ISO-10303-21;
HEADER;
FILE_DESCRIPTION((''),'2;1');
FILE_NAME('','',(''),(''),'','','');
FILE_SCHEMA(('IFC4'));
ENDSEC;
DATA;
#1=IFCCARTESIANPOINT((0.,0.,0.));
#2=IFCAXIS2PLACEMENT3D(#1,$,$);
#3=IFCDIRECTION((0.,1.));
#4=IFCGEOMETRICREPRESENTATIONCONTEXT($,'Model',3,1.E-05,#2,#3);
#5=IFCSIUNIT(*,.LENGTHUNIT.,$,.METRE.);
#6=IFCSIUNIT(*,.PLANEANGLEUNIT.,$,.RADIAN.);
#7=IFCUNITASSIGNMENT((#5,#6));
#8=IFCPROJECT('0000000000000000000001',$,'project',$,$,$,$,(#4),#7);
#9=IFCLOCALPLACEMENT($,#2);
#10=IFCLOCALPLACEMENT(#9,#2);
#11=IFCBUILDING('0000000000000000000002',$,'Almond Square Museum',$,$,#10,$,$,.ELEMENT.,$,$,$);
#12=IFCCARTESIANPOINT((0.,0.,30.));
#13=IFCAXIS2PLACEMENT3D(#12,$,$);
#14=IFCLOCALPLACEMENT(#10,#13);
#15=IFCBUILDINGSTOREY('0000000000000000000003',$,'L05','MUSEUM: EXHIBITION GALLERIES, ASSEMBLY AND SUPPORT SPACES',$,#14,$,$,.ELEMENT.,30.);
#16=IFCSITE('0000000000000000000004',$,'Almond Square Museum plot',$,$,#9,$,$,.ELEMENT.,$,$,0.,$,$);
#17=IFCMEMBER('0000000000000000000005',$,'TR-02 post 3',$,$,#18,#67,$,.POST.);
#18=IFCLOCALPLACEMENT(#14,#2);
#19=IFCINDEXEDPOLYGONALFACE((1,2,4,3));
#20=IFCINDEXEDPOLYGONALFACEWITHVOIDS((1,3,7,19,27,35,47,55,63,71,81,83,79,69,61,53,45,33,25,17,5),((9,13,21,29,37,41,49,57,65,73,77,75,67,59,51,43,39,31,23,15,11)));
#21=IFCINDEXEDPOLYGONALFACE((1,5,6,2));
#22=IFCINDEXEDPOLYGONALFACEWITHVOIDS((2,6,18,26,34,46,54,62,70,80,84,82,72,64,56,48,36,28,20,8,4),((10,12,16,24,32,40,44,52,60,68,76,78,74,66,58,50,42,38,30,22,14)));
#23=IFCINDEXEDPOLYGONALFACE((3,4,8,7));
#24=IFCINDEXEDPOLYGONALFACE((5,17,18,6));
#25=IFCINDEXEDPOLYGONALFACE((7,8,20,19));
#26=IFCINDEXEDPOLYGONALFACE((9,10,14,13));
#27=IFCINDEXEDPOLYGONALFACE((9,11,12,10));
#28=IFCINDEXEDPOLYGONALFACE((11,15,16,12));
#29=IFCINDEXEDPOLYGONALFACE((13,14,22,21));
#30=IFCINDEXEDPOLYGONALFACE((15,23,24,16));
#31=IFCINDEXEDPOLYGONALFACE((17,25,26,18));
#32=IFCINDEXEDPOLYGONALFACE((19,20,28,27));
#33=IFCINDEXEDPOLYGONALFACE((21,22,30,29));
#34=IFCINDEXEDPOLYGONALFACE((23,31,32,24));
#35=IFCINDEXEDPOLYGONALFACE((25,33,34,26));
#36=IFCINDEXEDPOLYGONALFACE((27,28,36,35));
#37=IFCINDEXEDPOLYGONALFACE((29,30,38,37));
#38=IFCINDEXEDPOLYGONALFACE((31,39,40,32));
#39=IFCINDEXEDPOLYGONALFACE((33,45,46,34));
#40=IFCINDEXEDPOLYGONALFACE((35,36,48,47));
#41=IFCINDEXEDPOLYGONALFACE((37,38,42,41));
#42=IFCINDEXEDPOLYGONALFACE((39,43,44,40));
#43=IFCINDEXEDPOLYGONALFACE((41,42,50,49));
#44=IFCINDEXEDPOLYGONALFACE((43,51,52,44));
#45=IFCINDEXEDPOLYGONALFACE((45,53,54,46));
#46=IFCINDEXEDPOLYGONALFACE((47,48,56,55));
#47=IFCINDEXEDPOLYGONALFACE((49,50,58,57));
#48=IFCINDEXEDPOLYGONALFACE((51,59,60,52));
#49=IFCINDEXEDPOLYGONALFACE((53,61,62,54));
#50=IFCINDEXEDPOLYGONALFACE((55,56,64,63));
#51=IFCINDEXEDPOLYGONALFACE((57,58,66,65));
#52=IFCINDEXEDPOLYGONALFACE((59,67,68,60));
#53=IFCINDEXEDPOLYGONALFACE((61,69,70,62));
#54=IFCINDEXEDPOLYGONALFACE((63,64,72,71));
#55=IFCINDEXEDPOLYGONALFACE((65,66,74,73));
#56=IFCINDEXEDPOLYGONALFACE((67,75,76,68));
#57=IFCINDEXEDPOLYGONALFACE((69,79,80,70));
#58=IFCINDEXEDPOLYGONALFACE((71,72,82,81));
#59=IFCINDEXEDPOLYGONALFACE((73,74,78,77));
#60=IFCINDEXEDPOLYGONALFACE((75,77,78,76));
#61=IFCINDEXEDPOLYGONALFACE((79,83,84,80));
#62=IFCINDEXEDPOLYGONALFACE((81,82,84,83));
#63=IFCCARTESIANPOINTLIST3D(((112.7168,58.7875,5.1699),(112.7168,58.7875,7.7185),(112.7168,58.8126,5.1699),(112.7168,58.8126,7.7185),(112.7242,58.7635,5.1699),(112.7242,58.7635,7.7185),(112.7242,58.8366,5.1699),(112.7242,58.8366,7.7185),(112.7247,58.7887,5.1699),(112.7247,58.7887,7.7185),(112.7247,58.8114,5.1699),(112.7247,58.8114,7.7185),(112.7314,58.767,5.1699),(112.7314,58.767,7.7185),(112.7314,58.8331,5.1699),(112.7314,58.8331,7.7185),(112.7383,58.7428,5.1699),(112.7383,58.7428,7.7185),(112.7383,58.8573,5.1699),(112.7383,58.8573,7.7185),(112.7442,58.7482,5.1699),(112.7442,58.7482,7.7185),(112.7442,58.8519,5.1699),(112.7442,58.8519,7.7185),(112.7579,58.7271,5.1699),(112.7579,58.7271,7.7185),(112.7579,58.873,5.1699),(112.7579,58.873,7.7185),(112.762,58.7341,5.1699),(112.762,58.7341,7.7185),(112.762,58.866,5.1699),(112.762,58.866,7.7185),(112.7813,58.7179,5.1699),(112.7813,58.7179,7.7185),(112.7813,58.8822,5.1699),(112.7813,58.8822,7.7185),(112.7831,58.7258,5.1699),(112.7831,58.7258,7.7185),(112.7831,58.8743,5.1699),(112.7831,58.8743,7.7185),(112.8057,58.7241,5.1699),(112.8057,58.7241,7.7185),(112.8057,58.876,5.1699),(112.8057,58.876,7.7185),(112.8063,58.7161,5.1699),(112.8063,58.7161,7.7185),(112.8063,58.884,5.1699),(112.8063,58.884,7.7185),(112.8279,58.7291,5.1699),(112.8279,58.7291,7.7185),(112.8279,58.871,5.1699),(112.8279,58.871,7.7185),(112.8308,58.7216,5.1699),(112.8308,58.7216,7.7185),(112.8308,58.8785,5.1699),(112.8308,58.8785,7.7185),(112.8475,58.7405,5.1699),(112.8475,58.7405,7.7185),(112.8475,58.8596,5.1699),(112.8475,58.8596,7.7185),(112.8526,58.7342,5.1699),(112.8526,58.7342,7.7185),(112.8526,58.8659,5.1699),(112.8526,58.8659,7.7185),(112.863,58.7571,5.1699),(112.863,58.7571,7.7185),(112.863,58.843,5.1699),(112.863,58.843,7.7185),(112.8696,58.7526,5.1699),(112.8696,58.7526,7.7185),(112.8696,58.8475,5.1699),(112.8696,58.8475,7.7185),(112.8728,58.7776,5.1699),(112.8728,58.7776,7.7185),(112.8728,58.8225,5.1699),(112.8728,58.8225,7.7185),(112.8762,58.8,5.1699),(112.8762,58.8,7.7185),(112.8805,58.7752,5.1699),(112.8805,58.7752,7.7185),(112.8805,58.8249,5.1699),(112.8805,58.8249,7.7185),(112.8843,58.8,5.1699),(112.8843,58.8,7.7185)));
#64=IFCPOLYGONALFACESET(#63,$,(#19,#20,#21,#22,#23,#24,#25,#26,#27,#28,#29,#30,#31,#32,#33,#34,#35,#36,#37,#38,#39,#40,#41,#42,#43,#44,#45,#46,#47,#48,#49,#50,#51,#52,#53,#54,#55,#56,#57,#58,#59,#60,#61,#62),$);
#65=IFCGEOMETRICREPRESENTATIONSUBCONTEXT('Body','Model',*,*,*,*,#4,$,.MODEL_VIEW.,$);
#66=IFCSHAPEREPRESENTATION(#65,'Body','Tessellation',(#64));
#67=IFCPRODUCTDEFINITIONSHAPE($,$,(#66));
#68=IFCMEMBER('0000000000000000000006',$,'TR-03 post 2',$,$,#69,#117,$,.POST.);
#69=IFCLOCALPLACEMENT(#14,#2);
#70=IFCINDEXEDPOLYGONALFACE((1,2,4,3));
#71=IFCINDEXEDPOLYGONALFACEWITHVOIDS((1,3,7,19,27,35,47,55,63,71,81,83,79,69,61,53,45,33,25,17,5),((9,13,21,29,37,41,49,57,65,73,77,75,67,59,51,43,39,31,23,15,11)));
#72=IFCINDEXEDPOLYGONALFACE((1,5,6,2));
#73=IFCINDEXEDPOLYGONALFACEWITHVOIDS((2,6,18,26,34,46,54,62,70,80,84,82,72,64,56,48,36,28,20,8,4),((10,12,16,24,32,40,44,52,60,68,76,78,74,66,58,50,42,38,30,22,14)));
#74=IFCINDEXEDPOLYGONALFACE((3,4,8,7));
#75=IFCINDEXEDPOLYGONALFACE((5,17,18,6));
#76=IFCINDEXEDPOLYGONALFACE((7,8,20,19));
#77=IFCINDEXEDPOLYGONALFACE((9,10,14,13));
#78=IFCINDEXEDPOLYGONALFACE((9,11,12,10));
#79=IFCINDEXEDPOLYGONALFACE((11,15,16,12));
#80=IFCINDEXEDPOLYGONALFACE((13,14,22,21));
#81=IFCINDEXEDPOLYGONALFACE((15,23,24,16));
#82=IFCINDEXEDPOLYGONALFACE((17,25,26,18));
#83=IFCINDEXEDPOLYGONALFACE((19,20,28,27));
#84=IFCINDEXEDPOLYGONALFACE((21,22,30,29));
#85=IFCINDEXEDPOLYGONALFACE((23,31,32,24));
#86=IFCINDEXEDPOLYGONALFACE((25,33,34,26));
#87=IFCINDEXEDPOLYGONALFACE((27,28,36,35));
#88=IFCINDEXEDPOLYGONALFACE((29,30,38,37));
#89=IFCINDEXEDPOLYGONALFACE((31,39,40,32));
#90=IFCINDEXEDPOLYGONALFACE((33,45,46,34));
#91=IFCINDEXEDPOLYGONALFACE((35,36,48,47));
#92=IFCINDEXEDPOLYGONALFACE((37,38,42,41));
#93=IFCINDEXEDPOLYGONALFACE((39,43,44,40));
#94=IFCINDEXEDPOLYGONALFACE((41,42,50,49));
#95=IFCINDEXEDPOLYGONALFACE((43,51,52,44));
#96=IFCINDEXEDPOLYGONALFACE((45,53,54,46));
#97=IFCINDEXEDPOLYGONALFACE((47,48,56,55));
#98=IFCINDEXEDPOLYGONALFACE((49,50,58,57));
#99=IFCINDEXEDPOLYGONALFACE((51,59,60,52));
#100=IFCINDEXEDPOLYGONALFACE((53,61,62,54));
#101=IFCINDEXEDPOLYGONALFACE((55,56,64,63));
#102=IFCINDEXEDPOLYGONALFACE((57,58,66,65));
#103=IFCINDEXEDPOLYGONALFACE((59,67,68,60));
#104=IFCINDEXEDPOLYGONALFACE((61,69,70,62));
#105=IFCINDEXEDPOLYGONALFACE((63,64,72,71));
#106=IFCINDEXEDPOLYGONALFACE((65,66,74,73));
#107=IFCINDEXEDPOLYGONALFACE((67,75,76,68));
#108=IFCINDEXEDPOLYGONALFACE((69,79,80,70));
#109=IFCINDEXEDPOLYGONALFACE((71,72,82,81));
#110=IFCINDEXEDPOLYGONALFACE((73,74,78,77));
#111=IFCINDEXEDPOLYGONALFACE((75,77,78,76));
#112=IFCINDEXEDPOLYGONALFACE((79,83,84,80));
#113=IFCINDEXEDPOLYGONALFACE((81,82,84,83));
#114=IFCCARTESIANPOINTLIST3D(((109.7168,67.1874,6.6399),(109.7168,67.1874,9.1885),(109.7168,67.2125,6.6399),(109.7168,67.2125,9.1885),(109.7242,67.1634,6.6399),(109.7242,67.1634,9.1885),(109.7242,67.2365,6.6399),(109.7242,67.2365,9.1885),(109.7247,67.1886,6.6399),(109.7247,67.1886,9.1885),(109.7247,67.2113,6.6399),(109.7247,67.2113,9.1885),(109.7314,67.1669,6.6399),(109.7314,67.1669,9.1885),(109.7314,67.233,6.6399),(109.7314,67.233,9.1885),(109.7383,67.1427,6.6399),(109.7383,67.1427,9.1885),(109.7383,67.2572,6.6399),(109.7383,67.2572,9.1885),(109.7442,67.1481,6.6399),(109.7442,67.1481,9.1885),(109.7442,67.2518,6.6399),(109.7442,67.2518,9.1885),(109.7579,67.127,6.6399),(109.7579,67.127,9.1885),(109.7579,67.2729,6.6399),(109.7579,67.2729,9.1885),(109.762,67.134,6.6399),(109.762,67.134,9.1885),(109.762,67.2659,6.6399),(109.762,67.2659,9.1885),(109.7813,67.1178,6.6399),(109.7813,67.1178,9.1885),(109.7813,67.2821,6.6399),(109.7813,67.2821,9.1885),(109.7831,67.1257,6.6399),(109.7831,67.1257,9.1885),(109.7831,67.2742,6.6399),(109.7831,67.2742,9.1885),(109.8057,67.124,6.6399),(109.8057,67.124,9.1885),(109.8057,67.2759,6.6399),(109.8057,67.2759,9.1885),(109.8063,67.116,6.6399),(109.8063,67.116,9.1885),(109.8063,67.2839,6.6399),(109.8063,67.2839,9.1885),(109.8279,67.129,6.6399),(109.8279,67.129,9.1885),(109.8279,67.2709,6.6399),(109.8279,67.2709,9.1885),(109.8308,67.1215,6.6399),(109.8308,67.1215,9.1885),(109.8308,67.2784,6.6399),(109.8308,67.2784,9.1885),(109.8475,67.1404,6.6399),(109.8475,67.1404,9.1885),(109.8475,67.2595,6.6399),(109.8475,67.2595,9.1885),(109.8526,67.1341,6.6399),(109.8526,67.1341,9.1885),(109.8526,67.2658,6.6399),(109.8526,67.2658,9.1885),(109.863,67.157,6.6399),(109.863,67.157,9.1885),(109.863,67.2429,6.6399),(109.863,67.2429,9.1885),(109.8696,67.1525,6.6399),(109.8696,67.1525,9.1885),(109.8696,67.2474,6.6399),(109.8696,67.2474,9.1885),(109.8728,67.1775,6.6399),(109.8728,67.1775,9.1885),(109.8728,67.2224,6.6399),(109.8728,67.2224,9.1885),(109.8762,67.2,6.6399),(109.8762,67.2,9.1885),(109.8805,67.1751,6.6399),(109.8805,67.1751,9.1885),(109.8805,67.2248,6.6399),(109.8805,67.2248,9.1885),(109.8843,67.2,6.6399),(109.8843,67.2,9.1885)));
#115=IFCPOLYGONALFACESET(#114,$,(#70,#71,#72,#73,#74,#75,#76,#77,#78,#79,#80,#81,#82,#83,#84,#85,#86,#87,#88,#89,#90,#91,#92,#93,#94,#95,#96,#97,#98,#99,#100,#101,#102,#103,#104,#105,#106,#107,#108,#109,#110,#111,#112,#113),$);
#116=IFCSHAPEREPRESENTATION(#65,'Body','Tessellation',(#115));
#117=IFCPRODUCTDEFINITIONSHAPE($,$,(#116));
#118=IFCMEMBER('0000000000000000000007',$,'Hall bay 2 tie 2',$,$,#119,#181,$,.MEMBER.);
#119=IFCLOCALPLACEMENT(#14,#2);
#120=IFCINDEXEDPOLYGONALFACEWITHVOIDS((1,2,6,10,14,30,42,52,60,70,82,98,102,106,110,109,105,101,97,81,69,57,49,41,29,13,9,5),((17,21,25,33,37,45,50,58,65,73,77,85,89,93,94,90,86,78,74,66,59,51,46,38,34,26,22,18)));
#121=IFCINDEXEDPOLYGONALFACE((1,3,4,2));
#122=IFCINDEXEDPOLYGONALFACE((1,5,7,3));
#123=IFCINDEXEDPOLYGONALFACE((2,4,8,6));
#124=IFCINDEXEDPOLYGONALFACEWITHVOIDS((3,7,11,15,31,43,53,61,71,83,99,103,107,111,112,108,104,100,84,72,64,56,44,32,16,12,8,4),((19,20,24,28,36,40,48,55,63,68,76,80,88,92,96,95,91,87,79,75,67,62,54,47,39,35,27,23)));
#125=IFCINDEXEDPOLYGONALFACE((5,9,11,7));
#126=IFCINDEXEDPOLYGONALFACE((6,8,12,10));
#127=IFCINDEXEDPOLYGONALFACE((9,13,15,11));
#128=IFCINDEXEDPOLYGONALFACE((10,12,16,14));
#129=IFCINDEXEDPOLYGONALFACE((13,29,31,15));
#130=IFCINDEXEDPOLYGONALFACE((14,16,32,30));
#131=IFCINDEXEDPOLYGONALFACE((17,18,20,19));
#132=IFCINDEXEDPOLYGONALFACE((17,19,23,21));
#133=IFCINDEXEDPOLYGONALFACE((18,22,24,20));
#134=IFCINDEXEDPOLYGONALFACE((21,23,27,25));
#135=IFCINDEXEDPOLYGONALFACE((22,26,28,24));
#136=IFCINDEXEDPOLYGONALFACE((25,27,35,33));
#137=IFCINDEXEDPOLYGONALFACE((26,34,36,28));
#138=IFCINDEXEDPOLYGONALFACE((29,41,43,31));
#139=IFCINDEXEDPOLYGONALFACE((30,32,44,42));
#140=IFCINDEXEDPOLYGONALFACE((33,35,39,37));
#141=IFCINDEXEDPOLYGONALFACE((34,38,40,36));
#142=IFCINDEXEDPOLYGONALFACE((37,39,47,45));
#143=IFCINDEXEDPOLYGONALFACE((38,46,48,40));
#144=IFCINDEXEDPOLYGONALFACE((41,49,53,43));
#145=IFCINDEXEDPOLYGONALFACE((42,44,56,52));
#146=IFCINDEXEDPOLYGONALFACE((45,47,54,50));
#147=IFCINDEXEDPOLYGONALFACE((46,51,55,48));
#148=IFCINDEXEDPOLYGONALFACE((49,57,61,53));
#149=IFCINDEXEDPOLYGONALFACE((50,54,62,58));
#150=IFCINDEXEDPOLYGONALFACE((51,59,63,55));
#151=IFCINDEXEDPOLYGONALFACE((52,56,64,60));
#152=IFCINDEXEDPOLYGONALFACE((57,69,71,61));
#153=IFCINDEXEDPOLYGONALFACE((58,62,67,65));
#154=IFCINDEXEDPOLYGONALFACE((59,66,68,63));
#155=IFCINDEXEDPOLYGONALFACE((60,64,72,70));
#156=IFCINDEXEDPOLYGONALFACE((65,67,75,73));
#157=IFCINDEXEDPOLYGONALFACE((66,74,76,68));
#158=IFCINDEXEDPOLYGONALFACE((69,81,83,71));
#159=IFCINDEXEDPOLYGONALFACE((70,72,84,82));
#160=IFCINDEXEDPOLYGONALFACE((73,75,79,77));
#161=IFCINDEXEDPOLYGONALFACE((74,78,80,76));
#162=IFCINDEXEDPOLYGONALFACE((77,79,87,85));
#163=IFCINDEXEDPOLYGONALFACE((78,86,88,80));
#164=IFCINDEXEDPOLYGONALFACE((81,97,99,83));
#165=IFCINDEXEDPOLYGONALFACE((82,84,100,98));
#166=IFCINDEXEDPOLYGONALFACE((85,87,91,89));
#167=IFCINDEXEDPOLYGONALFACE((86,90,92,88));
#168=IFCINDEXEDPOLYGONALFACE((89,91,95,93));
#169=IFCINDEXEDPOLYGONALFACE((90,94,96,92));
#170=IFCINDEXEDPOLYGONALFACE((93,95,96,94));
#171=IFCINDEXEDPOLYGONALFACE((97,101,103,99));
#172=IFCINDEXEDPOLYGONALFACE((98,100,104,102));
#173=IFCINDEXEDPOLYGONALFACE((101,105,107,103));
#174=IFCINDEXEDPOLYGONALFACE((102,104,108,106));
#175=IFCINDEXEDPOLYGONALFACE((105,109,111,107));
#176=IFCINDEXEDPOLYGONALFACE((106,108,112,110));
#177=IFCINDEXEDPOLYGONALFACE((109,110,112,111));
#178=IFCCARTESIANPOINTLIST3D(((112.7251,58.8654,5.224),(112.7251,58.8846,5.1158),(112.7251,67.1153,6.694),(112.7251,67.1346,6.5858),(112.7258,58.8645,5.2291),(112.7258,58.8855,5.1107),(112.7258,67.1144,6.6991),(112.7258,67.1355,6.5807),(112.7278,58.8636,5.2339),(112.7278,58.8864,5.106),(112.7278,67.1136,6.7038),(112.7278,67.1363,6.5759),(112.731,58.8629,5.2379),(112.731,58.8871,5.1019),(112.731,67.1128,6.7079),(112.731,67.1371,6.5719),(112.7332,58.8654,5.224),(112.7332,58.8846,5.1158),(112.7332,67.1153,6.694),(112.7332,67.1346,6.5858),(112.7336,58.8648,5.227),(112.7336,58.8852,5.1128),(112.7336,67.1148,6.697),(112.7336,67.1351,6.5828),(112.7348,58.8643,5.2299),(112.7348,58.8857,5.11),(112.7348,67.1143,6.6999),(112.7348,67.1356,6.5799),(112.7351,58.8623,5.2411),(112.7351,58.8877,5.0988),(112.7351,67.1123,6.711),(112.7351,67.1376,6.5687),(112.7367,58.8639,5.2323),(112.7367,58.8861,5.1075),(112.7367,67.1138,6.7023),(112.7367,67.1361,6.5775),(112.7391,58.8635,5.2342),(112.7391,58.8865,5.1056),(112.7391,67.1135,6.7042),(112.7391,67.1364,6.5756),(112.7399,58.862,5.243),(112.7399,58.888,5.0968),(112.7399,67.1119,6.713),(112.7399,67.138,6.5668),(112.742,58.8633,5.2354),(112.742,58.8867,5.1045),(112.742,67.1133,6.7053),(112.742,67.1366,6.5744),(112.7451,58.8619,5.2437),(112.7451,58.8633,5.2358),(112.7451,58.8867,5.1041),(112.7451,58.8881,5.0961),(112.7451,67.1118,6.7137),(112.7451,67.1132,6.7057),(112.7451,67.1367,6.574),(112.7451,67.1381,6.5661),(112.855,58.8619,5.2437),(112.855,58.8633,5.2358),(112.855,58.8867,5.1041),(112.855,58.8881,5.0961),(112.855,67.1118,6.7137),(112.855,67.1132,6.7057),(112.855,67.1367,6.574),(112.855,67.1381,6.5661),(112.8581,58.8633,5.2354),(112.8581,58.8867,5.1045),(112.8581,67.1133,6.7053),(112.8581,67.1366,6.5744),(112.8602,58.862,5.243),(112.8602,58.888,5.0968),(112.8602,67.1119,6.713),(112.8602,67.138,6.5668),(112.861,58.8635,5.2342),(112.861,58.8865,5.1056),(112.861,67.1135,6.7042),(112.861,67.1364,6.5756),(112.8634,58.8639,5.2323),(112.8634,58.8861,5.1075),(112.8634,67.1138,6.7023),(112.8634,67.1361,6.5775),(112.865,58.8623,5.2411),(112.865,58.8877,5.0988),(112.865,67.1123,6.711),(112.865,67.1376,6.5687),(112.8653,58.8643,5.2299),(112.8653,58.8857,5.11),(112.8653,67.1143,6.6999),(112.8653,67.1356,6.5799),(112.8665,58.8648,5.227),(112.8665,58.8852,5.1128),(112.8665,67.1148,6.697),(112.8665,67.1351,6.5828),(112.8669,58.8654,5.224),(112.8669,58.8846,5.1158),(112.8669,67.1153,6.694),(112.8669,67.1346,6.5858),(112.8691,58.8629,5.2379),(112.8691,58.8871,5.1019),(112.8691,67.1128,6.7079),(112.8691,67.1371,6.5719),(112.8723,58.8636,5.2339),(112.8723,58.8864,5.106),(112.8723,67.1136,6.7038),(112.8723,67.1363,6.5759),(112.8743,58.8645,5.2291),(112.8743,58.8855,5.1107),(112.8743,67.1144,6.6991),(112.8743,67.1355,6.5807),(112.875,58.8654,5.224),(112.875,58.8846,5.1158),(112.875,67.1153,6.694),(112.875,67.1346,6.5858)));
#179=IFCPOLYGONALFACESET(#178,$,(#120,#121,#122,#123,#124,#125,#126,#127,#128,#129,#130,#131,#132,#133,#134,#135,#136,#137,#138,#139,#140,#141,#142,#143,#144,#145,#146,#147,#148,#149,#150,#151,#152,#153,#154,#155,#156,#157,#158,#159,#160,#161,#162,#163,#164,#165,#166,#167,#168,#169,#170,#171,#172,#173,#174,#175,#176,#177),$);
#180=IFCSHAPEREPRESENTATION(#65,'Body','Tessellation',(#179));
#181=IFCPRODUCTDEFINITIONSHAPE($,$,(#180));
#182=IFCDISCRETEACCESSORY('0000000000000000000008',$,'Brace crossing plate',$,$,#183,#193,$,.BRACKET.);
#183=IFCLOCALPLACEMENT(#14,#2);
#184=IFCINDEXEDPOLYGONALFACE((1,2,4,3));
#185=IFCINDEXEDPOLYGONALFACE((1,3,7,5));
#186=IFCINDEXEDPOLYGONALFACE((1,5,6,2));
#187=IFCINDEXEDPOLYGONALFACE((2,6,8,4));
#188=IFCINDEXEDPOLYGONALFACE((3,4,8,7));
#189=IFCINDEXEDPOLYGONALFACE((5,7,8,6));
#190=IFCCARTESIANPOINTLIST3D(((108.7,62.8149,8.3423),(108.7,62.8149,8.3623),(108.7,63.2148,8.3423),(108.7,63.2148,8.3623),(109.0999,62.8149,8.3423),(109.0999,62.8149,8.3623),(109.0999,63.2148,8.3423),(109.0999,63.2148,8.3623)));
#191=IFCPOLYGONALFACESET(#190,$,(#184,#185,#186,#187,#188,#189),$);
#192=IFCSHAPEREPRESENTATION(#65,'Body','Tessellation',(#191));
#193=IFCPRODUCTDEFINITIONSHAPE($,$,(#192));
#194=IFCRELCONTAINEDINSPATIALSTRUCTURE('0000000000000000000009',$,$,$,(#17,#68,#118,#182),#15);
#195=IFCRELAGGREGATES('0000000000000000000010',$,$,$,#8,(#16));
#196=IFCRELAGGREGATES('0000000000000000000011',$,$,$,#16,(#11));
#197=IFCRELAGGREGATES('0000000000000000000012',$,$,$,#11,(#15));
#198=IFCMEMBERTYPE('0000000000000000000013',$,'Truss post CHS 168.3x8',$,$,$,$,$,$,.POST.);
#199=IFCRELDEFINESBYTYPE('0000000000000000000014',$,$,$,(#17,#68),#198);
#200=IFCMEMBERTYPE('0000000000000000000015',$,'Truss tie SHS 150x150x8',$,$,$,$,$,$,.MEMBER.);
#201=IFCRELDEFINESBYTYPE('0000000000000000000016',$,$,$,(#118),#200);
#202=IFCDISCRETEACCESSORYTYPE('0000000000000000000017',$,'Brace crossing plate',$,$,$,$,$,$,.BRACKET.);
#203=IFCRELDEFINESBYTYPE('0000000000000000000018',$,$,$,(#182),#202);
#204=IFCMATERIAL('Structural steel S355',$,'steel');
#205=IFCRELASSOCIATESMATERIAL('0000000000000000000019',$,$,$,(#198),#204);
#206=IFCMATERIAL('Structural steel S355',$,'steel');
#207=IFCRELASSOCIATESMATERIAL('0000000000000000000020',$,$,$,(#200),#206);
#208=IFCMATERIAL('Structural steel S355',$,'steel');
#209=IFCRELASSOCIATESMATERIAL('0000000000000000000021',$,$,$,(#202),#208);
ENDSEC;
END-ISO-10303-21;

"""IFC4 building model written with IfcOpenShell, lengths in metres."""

from ifc_helpers import new_model, si_unit, direction, frame, origin, origin_2d, place, context, subcontext, project, spatial, rectangle, hollow_rectangle, hollow_circle, extrude, material, material_profile, profile_set, type_object, element, save


model = new_model("IFC4")

# Units and contexts
model_context = context("Model", 3, precision=1e-05, world=origin(), true_north=direction((0.0, 1.0)))
body_context = subcontext(model_context, "Body", "Model", "MODEL_VIEW")
ifc_project = project(units=[si_unit("LENGTHUNIT", "METRE"), si_unit("PLANEANGLEUNIT", "RADIAN")], contexts=[model_context])

# Site, building, storey
site_placement = place(None, origin())
site = spatial("IfcSite", under=ifc_project, at=site_placement, Name="Almond Square Museum plot", CompositionType="ELEMENT", RefElevation=0.0)
building_placement = place(site_placement, origin())
building = spatial("IfcBuilding", under=site, at=building_placement, Name="Almond Square Museum", CompositionType="ELEMENT")
storey_placement = place(building_placement, frame((0.0, 0.0, 30.0)))
storey = spatial("IfcBuildingStorey", under=building, at=storey_placement, Name="L05", Description="MUSEUM: EXHIBITION GALLERIES, ASSEMBLY AND SUPPORT SPACES", CompositionType="ELEMENT", Elevation=30.0)

# Members
ifc_material_1 = material(Name="Structural steel S355", Category="steel")
ifc_material_profile_1 = material_profile(ifc_material_1, hollow_circle(Radius=0.0842, WallThickness=0.0081, at=origin_2d()))
ifc_profile_set_1 = profile_set([ifc_material_profile_1], Name="Structural steel S355")
member_type_1 = type_object("IfcMemberType", Name="Truss post CHS 168.3x8", PredefinedType="POST", material=ifc_profile_set_1)
for number, where, z_axis, x_axis, name in (
    (1, (112.8, 58.8, 5.1699), (0.0, 0.0, 1.0), (1.0, 0.0, 0.0), "TR-02 post 3"),
    (2, (109.8, 67.2, 6.6399), (0.0, 0.0, 1.0), (1.0, 0.0, 0.0), "TR-03 post 2"),
):
    element("IfcMember", number, at=place(storey_placement, frame(where, z_axis=z_axis, x_axis=x_axis)), inside=storey, type_object=member_type_1, Name=name, PredefinedType="POST", context=body_context, shape_type="SweptSolid", body=[
        extrude(hollow_circle(Radius=0.0842, WallThickness=0.0081, at=origin_2d()), origin(), (0.0, 0.0, 1.0), 2.5486),
    ])
ifc_material_2 = material(Name="Structural steel S355", Category="steel")
ifc_material_profile_2 = material_profile(ifc_material_2, hollow_rectangle(XDim=0.1499, YDim=0.1499, WallThickness=0.0081, InnerFilletRadius=0.012, OuterFilletRadius=0.02, at=origin_2d()))
ifc_profile_set_2 = profile_set([ifc_material_profile_2], Name="Structural steel S355")
member_type_2 = type_object("IfcMemberType", Name="Truss tie SHS 150x150x8", PredefinedType="MEMBER", material=ifc_profile_set_2)
member_placement = place(storey_placement, frame((112.8, 58.875, 5.1699), z_axis=(0.0, 0.984494, 0.175416), x_axis=(-1.0, 0.0, 0.0)))
element("IfcMember", 3, at=member_placement, inside=storey, type_object=member_type_2, Name="Hall bay 2 tie 2", PredefinedType="MEMBER", context=body_context, shape_type="SweptSolid", body=[
    extrude(hollow_rectangle(XDim=0.1499, YDim=0.1499, WallThickness=0.0081, InnerFilletRadius=0.012, OuterFilletRadius=0.02, at=origin_2d()), origin(), (0.0, 0.0, 1.0), 8.3799),
])

# Discrete accessory
ifc_material_3 = material(Name="Structural steel S355", Category="steel")
discrete_accessory_type_1 = type_object("IfcDiscreteAccessoryType", Name="Brace crossing plate", PredefinedType="BRACKET", material=ifc_material_3)
discrete_accessory_placement = place(storey_placement, frame((108.8999, 63.0149, 8.3423), z_axis=(0.0, 0.0, 1.0), x_axis=(1.0, 0.0, 0.0)))
element("IfcDiscreteAccessory", 4, at=discrete_accessory_placement, inside=storey, type_object=discrete_accessory_type_1, Name="Brace crossing plate", PredefinedType="BRACKET", context=body_context, shape_type="SweptSolid", body=[
    extrude(rectangle(XDim=0.3999, YDim=0.3999, at=origin_2d()), origin(), (0.0, 0.0, 1.0), 0.02),
])

save(model, "model.ifc")
